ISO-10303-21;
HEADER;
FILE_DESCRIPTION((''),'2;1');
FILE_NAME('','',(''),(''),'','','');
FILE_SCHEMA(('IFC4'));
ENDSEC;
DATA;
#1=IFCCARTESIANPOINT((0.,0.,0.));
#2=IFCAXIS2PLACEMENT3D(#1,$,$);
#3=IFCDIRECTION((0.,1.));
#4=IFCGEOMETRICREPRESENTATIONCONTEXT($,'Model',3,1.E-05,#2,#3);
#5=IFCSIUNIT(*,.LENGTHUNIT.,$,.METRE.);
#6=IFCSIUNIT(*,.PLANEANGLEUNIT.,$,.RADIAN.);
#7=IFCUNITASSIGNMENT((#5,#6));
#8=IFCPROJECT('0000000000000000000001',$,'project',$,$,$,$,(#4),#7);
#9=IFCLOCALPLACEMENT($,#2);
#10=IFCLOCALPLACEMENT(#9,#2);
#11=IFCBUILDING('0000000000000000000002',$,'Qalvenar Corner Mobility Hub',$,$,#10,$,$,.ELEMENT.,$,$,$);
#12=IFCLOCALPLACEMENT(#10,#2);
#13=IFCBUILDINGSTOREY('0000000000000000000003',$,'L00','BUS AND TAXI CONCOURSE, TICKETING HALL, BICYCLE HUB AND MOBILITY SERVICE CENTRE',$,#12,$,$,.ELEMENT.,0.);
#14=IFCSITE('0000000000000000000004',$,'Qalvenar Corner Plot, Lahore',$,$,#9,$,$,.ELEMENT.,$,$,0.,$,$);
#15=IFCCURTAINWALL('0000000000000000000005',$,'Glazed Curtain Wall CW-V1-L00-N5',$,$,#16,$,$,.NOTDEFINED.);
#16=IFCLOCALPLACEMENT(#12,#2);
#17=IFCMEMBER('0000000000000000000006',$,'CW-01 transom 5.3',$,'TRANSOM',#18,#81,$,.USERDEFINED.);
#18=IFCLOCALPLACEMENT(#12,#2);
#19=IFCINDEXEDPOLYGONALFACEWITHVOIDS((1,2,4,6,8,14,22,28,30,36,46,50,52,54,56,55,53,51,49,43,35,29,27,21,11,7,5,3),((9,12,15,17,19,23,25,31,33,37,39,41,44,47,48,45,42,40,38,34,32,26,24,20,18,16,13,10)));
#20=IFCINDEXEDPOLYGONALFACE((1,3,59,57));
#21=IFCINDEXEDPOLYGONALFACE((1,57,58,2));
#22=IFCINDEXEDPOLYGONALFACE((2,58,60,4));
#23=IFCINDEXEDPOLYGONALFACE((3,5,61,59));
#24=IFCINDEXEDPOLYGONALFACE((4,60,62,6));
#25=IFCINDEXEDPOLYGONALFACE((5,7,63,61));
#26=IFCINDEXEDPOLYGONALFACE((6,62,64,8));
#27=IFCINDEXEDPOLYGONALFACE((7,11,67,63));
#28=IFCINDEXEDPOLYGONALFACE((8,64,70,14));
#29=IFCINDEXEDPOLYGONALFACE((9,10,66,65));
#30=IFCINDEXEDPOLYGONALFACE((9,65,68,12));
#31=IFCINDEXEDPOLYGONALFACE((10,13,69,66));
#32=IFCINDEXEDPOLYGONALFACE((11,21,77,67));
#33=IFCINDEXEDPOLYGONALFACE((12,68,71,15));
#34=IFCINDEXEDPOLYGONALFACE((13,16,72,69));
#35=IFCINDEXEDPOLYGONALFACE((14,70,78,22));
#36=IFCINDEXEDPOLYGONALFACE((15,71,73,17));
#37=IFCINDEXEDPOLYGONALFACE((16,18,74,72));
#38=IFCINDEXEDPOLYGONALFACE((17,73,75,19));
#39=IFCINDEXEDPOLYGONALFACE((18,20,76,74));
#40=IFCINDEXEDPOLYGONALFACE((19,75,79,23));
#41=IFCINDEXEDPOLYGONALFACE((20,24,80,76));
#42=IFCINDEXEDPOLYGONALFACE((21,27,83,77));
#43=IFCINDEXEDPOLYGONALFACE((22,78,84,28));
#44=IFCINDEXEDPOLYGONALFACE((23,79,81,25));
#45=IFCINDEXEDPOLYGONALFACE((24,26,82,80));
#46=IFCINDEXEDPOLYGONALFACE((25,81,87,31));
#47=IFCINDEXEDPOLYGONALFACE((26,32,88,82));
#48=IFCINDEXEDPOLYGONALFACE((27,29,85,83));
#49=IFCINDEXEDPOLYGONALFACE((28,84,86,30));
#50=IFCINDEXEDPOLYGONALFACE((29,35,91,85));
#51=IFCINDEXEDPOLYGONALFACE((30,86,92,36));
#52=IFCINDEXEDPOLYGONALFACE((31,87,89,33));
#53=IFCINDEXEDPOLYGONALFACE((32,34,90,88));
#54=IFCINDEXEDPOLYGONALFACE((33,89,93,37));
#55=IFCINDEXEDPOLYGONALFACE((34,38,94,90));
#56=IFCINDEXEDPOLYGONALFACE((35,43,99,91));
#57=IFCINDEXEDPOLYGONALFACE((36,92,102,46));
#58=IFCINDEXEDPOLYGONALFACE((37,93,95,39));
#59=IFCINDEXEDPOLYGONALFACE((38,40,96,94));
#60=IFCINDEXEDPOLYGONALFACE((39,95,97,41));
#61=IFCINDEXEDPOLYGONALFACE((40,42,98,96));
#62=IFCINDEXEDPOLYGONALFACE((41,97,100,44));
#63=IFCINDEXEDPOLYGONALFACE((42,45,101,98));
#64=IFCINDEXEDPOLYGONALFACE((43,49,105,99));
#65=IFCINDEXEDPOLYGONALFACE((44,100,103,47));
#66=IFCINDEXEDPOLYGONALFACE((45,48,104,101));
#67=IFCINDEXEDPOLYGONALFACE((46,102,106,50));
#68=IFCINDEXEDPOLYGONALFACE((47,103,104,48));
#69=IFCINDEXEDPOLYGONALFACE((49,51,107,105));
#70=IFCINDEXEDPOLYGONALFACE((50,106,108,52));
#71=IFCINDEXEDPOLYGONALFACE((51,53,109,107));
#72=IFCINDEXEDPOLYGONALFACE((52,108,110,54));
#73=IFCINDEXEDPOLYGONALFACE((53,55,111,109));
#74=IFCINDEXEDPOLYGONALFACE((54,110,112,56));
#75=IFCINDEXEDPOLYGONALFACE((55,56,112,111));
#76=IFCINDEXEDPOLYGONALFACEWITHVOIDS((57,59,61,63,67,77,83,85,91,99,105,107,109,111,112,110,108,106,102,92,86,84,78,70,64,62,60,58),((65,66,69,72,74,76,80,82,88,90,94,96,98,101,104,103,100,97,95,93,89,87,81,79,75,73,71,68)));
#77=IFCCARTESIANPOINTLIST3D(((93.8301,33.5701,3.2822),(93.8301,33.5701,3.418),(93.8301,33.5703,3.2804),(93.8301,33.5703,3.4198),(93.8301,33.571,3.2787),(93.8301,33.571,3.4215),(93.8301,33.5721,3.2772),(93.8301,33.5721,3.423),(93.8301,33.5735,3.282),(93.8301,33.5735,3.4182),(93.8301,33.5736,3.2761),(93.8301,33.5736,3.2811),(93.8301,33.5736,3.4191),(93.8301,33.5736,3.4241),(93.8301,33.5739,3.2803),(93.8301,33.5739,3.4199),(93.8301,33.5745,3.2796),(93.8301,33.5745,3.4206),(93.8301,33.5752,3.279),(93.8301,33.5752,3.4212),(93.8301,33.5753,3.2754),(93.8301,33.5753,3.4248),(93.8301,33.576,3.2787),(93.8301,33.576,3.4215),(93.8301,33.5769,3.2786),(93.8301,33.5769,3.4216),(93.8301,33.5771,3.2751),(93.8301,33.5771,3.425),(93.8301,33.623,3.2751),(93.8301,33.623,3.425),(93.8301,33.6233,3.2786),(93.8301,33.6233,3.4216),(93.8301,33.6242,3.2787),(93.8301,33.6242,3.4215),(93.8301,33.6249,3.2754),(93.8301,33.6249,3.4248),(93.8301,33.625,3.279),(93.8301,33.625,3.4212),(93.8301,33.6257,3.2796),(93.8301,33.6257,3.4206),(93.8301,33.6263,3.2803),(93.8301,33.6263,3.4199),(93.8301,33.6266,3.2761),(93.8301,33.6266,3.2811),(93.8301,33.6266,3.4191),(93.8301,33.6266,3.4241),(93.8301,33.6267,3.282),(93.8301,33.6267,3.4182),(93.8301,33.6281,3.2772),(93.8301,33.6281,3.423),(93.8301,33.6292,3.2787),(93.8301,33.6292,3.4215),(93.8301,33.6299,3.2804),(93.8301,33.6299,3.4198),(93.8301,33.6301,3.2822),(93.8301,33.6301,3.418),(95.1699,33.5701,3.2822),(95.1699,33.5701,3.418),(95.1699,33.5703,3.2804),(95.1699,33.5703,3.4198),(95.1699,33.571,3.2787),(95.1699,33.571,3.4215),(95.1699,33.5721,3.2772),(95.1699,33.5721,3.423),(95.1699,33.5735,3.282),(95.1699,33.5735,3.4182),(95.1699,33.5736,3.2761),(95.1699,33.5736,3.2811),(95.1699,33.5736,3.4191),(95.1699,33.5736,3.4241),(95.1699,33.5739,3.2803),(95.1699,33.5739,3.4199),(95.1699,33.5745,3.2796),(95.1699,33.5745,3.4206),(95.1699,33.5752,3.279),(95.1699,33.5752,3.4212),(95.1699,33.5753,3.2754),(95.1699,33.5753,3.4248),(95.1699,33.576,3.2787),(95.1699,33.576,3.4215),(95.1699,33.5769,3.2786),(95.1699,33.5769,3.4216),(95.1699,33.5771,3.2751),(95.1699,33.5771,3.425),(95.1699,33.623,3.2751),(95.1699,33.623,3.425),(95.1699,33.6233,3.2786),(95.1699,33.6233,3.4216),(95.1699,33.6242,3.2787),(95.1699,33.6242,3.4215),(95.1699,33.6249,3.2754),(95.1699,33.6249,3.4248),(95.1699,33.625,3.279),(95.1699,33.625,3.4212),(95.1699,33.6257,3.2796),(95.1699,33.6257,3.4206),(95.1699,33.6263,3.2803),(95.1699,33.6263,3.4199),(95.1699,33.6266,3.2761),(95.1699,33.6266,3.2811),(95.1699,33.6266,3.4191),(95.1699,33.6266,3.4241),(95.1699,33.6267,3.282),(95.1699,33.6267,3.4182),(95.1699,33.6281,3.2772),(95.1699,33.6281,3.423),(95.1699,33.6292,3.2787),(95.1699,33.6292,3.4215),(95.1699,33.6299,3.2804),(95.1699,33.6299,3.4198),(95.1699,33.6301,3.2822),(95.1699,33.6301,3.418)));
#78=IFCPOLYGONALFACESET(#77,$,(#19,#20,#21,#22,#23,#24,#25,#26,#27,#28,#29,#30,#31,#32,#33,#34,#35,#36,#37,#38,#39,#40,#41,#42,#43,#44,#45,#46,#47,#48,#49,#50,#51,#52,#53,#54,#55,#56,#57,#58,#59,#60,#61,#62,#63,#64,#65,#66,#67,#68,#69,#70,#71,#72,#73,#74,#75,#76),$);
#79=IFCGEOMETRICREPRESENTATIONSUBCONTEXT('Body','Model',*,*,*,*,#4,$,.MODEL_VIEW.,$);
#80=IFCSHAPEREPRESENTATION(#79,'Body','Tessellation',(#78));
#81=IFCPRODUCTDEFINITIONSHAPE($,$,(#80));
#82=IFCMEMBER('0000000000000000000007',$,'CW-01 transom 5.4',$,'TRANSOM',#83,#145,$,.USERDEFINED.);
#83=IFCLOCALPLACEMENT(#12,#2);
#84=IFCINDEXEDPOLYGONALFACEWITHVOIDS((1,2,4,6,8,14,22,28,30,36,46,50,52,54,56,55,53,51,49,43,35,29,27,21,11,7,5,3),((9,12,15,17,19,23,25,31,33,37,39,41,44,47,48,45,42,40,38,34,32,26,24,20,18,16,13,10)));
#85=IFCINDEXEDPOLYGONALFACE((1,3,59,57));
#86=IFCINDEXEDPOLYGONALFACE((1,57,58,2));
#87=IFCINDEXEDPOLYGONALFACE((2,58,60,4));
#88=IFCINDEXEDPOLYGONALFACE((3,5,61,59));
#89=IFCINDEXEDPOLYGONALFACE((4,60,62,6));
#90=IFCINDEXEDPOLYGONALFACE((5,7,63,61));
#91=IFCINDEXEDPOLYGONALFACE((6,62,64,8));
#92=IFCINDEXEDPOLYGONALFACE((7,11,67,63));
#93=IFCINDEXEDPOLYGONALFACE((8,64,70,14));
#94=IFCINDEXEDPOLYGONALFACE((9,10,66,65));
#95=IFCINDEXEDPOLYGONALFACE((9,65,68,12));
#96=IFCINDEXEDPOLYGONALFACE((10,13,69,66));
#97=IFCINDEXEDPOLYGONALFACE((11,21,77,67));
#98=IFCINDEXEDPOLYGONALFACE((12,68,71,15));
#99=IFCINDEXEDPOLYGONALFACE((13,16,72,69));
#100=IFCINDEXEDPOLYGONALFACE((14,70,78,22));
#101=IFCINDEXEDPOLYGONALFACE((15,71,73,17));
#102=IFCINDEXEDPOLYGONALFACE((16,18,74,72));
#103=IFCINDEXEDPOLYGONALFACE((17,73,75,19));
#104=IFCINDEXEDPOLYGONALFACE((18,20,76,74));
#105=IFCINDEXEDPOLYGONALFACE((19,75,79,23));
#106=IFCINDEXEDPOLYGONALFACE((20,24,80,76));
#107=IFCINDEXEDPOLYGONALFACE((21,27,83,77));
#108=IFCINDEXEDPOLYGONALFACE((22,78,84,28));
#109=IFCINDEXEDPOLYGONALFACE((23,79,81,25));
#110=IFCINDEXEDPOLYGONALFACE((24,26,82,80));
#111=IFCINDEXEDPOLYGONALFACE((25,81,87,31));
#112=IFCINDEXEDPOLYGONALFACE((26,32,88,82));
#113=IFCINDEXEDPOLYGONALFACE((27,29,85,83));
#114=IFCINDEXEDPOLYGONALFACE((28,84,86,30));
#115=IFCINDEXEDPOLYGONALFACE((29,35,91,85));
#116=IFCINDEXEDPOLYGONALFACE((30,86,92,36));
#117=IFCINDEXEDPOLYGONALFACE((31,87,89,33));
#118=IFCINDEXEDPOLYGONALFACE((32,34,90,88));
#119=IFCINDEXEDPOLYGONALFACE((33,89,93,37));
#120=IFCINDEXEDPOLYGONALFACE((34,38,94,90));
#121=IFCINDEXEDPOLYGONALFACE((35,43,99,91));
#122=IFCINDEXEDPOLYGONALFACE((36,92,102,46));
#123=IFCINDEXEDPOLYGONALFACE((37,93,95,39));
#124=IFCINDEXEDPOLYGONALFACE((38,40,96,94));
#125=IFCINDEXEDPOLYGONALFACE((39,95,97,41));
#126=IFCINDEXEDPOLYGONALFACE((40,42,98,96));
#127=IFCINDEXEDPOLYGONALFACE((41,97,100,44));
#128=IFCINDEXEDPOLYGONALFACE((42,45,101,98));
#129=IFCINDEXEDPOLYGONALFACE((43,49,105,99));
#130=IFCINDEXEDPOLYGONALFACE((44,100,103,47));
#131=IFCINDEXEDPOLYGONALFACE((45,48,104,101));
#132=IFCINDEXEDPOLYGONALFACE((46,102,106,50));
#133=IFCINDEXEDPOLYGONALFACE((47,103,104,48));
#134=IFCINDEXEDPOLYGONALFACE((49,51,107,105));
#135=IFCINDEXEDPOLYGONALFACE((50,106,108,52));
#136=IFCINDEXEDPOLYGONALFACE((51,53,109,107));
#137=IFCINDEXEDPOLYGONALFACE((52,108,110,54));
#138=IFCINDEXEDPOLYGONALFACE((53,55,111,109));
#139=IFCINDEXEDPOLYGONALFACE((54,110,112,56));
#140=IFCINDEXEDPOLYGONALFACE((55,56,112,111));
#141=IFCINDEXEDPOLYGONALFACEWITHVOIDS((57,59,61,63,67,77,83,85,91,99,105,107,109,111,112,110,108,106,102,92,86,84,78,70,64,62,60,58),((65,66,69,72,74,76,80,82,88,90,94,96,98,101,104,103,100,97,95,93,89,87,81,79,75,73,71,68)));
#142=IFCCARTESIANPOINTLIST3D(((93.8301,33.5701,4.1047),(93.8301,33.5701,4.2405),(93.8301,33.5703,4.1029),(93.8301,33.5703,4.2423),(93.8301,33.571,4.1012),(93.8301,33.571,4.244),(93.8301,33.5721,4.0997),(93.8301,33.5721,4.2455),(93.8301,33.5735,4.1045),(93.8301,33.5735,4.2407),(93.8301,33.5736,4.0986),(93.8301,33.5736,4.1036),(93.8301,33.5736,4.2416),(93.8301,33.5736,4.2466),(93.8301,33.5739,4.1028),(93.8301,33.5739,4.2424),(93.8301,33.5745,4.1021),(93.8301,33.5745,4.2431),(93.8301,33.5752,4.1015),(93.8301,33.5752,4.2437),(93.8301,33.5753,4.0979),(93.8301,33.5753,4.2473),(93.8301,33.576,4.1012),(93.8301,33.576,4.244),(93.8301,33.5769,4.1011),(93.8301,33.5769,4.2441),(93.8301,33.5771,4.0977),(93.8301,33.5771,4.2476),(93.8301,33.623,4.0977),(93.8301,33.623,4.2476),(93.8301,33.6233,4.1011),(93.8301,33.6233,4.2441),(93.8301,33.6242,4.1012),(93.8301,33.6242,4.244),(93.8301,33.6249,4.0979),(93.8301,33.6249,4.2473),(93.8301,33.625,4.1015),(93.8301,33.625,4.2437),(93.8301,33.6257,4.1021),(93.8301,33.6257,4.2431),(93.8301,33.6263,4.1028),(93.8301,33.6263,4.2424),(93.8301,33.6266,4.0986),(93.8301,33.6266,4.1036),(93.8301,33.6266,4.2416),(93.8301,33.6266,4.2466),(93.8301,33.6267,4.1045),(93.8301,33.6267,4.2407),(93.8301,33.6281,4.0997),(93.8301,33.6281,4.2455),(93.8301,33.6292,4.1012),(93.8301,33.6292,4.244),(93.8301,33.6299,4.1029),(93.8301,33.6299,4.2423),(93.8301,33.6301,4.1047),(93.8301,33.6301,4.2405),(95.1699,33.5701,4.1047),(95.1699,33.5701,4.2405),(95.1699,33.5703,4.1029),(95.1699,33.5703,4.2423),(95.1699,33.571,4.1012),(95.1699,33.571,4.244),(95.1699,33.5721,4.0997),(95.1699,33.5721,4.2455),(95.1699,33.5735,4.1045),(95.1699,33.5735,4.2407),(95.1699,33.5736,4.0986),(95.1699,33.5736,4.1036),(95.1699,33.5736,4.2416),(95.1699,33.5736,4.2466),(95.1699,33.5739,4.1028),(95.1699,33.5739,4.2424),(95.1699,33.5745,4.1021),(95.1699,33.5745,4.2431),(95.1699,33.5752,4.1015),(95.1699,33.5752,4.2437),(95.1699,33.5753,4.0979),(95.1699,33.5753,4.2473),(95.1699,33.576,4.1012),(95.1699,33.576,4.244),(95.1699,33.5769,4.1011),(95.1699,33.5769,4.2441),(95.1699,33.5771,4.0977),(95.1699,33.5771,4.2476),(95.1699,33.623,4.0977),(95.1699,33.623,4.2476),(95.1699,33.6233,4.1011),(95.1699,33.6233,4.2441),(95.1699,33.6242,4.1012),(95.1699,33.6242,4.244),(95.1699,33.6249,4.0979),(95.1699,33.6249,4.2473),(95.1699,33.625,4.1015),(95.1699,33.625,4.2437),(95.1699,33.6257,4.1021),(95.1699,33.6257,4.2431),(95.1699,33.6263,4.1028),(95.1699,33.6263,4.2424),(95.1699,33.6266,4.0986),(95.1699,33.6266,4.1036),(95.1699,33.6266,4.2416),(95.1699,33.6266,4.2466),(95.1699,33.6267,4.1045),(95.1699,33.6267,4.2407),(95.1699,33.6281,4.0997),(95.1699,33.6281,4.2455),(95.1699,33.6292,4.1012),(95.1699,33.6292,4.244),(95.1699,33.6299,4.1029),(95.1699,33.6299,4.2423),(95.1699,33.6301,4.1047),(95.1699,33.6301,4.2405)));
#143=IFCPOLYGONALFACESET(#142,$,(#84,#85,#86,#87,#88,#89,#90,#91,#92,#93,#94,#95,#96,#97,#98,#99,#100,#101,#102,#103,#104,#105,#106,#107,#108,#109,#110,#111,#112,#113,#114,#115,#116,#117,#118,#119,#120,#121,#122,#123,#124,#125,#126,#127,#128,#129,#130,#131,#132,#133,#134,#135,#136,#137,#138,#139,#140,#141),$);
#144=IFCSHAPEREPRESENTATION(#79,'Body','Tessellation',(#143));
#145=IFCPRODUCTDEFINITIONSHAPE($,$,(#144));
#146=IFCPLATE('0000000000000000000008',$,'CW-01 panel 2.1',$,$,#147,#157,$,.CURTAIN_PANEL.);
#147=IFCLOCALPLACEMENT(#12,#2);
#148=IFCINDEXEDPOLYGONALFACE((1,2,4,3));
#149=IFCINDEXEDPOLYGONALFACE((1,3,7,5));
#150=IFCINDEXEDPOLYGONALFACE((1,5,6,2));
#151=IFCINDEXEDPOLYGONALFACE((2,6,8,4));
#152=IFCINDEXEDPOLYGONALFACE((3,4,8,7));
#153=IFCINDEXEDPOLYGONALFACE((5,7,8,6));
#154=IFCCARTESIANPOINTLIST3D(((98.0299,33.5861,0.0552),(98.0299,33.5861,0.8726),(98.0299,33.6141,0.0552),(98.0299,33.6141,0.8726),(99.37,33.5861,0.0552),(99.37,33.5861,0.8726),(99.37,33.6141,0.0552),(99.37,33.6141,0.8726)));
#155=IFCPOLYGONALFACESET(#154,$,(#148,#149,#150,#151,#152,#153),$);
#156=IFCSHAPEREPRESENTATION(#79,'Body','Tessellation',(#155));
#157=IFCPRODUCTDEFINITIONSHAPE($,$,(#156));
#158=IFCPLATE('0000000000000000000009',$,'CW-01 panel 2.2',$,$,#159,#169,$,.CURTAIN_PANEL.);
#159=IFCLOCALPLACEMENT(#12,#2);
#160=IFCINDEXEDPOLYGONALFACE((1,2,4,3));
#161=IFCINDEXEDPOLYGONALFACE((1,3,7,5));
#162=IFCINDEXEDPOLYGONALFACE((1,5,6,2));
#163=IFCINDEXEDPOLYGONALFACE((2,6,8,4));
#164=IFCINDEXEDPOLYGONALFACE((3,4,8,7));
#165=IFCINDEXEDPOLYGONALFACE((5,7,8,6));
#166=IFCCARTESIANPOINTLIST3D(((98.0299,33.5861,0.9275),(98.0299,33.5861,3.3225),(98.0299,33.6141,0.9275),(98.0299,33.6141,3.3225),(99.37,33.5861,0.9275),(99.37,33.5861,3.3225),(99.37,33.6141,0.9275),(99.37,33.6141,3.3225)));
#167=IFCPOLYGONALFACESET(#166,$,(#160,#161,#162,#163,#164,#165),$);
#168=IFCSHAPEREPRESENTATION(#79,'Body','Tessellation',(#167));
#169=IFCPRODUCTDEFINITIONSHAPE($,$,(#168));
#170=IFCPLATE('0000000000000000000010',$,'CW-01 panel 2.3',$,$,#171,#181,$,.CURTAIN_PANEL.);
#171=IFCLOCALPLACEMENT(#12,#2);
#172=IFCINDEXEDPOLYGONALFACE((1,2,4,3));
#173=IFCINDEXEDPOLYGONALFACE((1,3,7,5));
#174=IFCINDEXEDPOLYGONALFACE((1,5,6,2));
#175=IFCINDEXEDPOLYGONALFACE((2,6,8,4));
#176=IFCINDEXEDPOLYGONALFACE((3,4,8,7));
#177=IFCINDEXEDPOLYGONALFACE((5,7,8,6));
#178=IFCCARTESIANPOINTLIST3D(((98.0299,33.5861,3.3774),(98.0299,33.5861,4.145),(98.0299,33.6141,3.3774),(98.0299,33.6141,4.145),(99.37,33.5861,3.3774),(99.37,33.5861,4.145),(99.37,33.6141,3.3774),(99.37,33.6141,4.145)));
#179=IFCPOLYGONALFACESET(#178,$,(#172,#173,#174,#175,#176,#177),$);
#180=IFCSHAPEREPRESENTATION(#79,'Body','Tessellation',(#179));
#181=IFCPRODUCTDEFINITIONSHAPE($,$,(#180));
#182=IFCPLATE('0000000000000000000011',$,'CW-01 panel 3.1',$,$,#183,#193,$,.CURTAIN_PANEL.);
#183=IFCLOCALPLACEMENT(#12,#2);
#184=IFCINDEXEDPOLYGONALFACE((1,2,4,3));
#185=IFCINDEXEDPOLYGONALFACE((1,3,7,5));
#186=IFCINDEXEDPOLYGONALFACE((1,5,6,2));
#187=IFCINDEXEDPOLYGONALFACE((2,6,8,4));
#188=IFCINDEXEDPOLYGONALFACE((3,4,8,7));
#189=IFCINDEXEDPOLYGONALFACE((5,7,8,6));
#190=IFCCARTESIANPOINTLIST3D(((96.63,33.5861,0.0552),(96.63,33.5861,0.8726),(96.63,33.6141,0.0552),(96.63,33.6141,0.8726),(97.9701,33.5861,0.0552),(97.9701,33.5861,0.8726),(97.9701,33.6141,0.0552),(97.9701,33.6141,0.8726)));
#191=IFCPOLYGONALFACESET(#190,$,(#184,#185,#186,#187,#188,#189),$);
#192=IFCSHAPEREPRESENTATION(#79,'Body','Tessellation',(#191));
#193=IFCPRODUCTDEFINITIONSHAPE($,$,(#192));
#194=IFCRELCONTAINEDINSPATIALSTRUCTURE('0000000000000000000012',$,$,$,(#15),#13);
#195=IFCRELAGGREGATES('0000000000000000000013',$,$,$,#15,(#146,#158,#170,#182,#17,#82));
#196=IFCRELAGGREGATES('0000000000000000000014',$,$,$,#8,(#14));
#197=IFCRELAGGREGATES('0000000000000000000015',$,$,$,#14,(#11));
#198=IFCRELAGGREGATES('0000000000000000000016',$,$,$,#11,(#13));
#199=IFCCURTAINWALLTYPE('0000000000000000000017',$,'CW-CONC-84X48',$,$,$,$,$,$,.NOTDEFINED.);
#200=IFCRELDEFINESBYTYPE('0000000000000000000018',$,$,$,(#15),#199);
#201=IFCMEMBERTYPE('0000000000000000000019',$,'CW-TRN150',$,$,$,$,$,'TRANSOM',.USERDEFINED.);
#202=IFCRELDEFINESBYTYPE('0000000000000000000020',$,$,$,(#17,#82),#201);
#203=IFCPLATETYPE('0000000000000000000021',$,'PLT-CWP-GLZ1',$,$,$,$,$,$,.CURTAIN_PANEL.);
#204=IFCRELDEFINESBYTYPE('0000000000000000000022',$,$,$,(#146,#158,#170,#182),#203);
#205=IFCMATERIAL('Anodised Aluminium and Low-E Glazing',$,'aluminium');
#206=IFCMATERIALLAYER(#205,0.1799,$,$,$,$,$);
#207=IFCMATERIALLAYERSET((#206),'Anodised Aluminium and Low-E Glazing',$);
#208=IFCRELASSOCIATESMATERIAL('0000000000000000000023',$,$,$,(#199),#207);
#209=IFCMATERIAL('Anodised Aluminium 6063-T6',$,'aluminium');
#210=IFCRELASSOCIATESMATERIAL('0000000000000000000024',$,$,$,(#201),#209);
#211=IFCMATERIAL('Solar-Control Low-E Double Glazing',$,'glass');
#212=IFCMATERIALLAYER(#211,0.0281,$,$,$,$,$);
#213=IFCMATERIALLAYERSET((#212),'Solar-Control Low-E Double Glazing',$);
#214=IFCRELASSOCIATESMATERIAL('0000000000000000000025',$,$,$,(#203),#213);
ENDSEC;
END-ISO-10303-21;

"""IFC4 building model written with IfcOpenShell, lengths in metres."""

from ifc_helpers import new_model, si_unit, direction, frame, origin, origin_2d, place, context, subcontext, project, spatial, rectangle, hollow_rectangle, extrude, material, layer, layer_set, material_profile, profile_set, type_object, element, aggregate, save


model = new_model("IFC4")

# Units and contexts
model_context = context("Model", 3, precision=1e-05, world=origin(), true_north=direction((0.0, 1.0)))
body_context = subcontext(model_context, "Body", "Model", "MODEL_VIEW")
ifc_project = project(units=[si_unit("LENGTHUNIT", "METRE"), si_unit("PLANEANGLEUNIT", "RADIAN")], contexts=[model_context])

# Site, building, storey
site_placement = place(None, origin())
site = spatial("IfcSite", under=ifc_project, at=site_placement, Name="Qalvenar Corner Plot, Lahore", CompositionType="ELEMENT", RefElevation=0.0)
building_placement = place(site_placement, origin())
building = spatial("IfcBuilding", under=site, at=building_placement, Name="Qalvenar Corner Mobility Hub", CompositionType="ELEMENT")
storey_placement = place(building_placement, origin())
storey = spatial("IfcBuildingStorey", under=building, at=storey_placement, Name="L00", Description="BUS AND TAXI CONCOURSE, TICKETING HALL, BICYCLE HUB AND MOBILITY SERVICE CENTRE", CompositionType="ELEMENT", Elevation=0.0)

# Curtain wall, members, plates
ifc_material_1 = material(Name="Anodised Aluminium and Low-E Glazing", Category="aluminium")
ifc_layer_1 = layer(ifc_material_1, 0.1799)
ifc_layer_set_1 = layer_set([ifc_layer_1], Name="Anodised Aluminium and Low-E Glazing")
curtain_wall_type = type_object("IfcCurtainWallType", Name="CW-CONC-84X48", PredefinedType="NOTDEFINED", material=ifc_layer_set_1)
curtain_wall_placement = place(storey_placement, origin())
curtain_wall = element("IfcCurtainWall", 1, at=curtain_wall_placement, inside=storey, type_object=curtain_wall_type, Name="Glazed Curtain Wall CW-V1-L00-N5", PredefinedType="NOTDEFINED")
ifc_material_2 = material(Name="Anodised Aluminium 6063-T6", Category="aluminium")
ifc_material_profile_1 = material_profile(ifc_material_2, hollow_rectangle(XDim=0.0601, YDim=0.1499, WallThickness=0.0034, InnerFilletRadius=0.0034, OuterFilletRadius=0.0071, at=origin_2d()), Name="RHS150x60x3.5")
ifc_profile_set_1 = profile_set([ifc_material_profile_1], Name="Anodised Aluminium 6063-T6")
member_type_1 = type_object("IfcMemberType", Name="CW-TRN150", ElementType="TRANSOM", PredefinedType="USERDEFINED", material=ifc_profile_set_1)
member_1_placement = place(storey_placement, frame((95.1699, 33.6001, 3.3501), z_axis=(-1.0, 0.0, 0.0), x_axis=(0.0, -1.0, 0.0)))
member_1 = element("IfcMember", 2, at=member_1_placement, type_object=member_type_1, Name="CW-01 transom 5.3", ObjectType="TRANSOM", PredefinedType="USERDEFINED", context=body_context, shape_type="SweptSolid", body=[
    extrude(hollow_rectangle(XDim=0.0601, YDim=0.1499, WallThickness=0.0034, InnerFilletRadius=0.0034, OuterFilletRadius=0.0071, at=origin_2d()), origin(), (0.0, 0.0, 1.0), 1.3398),
])
member_2_placement = place(storey_placement, frame((95.1699, 33.6001, 4.1726), z_axis=(-1.0, 0.0, 0.0), x_axis=(0.0, -1.0, 0.0)))
member_2 = element("IfcMember", 3, at=member_2_placement, type_object=member_type_1, Name="CW-01 transom 5.4", ObjectType="TRANSOM", PredefinedType="USERDEFINED", context=body_context, shape_type="SweptSolid", body=[
    extrude(hollow_rectangle(XDim=0.0601, YDim=0.1499, WallThickness=0.0034, InnerFilletRadius=0.0034, OuterFilletRadius=0.0071, at=origin_2d()), origin(), (0.0, 0.0, 1.0), 1.3398),
])
ifc_material_3 = material(Name="Solar-Control Low-E Double Glazing", Category="glass")
ifc_layer_2 = layer(ifc_material_3, 0.0281)
ifc_layer_set_2 = layer_set([ifc_layer_2], Name="Solar-Control Low-E Double Glazing")
plate_type = type_object("IfcPlateType", Name="PLT-CWP-GLZ1", PredefinedType="CURTAIN_PANEL", material=ifc_layer_set_2)
plate_1_placement = place(storey_placement, frame((98.7, 33.6001, 0.0552), z_axis=(0.0, 0.0, 1.0), x_axis=(-1.0, 0.0, 0.0)))
plate_1 = element("IfcPlate", 4, at=plate_1_placement, type_object=plate_type, Name="CW-01 panel 2.1", PredefinedType="CURTAIN_PANEL", context=body_context, shape_type="SweptSolid", body=[
    extrude(rectangle(XDim=1.3401, YDim=0.0281, at=origin_2d()), origin(), (0.0, 0.0, 1.0), 0.8174),
])
plate_2_placement = place(storey_placement, frame((98.7, 33.6001, 0.9275), z_axis=(0.0, 0.0, 1.0), x_axis=(-1.0, 0.0, 0.0)))
plate_2 = element("IfcPlate", 5, at=plate_2_placement, type_object=plate_type, Name="CW-01 panel 2.2", PredefinedType="CURTAIN_PANEL", context=body_context, shape_type="SweptSolid", body=[
    extrude(rectangle(XDim=1.3401, YDim=0.0281, at=origin_2d()), origin(), (0.0, 0.0, 1.0), 2.395),
])
plate_3_placement = place(storey_placement, frame((98.7, 33.6001, 3.3774), z_axis=(0.0, 0.0, 1.0), x_axis=(-1.0, 0.0, 0.0)))
plate_3 = element("IfcPlate", 6, at=plate_3_placement, type_object=plate_type, Name="CW-01 panel 2.3", PredefinedType="CURTAIN_PANEL", context=body_context, shape_type="SweptSolid", body=[
    extrude(rectangle(XDim=1.3401, YDim=0.0281, at=origin_2d()), origin(), (0.0, 0.0, 1.0), 0.7676),
])
plate_4_placement = place(storey_placement, frame((97.3, 33.6001, 0.0552), z_axis=(0.0, 0.0, 1.0), x_axis=(-1.0, 0.0, 0.0)))
plate_4 = element("IfcPlate", 7, at=plate_4_placement, type_object=plate_type, Name="CW-01 panel 3.1", PredefinedType="CURTAIN_PANEL", context=body_context, shape_type="SweptSolid", body=[
    extrude(rectangle(XDim=1.3401, YDim=0.0281, at=origin_2d()), origin(), (0.0, 0.0, 1.0), 0.8174),
])
aggregate(curtain_wall, [plate_1, plate_2, plate_3, plate_4, member_1, member_2])

save(model, "model.ifc")
